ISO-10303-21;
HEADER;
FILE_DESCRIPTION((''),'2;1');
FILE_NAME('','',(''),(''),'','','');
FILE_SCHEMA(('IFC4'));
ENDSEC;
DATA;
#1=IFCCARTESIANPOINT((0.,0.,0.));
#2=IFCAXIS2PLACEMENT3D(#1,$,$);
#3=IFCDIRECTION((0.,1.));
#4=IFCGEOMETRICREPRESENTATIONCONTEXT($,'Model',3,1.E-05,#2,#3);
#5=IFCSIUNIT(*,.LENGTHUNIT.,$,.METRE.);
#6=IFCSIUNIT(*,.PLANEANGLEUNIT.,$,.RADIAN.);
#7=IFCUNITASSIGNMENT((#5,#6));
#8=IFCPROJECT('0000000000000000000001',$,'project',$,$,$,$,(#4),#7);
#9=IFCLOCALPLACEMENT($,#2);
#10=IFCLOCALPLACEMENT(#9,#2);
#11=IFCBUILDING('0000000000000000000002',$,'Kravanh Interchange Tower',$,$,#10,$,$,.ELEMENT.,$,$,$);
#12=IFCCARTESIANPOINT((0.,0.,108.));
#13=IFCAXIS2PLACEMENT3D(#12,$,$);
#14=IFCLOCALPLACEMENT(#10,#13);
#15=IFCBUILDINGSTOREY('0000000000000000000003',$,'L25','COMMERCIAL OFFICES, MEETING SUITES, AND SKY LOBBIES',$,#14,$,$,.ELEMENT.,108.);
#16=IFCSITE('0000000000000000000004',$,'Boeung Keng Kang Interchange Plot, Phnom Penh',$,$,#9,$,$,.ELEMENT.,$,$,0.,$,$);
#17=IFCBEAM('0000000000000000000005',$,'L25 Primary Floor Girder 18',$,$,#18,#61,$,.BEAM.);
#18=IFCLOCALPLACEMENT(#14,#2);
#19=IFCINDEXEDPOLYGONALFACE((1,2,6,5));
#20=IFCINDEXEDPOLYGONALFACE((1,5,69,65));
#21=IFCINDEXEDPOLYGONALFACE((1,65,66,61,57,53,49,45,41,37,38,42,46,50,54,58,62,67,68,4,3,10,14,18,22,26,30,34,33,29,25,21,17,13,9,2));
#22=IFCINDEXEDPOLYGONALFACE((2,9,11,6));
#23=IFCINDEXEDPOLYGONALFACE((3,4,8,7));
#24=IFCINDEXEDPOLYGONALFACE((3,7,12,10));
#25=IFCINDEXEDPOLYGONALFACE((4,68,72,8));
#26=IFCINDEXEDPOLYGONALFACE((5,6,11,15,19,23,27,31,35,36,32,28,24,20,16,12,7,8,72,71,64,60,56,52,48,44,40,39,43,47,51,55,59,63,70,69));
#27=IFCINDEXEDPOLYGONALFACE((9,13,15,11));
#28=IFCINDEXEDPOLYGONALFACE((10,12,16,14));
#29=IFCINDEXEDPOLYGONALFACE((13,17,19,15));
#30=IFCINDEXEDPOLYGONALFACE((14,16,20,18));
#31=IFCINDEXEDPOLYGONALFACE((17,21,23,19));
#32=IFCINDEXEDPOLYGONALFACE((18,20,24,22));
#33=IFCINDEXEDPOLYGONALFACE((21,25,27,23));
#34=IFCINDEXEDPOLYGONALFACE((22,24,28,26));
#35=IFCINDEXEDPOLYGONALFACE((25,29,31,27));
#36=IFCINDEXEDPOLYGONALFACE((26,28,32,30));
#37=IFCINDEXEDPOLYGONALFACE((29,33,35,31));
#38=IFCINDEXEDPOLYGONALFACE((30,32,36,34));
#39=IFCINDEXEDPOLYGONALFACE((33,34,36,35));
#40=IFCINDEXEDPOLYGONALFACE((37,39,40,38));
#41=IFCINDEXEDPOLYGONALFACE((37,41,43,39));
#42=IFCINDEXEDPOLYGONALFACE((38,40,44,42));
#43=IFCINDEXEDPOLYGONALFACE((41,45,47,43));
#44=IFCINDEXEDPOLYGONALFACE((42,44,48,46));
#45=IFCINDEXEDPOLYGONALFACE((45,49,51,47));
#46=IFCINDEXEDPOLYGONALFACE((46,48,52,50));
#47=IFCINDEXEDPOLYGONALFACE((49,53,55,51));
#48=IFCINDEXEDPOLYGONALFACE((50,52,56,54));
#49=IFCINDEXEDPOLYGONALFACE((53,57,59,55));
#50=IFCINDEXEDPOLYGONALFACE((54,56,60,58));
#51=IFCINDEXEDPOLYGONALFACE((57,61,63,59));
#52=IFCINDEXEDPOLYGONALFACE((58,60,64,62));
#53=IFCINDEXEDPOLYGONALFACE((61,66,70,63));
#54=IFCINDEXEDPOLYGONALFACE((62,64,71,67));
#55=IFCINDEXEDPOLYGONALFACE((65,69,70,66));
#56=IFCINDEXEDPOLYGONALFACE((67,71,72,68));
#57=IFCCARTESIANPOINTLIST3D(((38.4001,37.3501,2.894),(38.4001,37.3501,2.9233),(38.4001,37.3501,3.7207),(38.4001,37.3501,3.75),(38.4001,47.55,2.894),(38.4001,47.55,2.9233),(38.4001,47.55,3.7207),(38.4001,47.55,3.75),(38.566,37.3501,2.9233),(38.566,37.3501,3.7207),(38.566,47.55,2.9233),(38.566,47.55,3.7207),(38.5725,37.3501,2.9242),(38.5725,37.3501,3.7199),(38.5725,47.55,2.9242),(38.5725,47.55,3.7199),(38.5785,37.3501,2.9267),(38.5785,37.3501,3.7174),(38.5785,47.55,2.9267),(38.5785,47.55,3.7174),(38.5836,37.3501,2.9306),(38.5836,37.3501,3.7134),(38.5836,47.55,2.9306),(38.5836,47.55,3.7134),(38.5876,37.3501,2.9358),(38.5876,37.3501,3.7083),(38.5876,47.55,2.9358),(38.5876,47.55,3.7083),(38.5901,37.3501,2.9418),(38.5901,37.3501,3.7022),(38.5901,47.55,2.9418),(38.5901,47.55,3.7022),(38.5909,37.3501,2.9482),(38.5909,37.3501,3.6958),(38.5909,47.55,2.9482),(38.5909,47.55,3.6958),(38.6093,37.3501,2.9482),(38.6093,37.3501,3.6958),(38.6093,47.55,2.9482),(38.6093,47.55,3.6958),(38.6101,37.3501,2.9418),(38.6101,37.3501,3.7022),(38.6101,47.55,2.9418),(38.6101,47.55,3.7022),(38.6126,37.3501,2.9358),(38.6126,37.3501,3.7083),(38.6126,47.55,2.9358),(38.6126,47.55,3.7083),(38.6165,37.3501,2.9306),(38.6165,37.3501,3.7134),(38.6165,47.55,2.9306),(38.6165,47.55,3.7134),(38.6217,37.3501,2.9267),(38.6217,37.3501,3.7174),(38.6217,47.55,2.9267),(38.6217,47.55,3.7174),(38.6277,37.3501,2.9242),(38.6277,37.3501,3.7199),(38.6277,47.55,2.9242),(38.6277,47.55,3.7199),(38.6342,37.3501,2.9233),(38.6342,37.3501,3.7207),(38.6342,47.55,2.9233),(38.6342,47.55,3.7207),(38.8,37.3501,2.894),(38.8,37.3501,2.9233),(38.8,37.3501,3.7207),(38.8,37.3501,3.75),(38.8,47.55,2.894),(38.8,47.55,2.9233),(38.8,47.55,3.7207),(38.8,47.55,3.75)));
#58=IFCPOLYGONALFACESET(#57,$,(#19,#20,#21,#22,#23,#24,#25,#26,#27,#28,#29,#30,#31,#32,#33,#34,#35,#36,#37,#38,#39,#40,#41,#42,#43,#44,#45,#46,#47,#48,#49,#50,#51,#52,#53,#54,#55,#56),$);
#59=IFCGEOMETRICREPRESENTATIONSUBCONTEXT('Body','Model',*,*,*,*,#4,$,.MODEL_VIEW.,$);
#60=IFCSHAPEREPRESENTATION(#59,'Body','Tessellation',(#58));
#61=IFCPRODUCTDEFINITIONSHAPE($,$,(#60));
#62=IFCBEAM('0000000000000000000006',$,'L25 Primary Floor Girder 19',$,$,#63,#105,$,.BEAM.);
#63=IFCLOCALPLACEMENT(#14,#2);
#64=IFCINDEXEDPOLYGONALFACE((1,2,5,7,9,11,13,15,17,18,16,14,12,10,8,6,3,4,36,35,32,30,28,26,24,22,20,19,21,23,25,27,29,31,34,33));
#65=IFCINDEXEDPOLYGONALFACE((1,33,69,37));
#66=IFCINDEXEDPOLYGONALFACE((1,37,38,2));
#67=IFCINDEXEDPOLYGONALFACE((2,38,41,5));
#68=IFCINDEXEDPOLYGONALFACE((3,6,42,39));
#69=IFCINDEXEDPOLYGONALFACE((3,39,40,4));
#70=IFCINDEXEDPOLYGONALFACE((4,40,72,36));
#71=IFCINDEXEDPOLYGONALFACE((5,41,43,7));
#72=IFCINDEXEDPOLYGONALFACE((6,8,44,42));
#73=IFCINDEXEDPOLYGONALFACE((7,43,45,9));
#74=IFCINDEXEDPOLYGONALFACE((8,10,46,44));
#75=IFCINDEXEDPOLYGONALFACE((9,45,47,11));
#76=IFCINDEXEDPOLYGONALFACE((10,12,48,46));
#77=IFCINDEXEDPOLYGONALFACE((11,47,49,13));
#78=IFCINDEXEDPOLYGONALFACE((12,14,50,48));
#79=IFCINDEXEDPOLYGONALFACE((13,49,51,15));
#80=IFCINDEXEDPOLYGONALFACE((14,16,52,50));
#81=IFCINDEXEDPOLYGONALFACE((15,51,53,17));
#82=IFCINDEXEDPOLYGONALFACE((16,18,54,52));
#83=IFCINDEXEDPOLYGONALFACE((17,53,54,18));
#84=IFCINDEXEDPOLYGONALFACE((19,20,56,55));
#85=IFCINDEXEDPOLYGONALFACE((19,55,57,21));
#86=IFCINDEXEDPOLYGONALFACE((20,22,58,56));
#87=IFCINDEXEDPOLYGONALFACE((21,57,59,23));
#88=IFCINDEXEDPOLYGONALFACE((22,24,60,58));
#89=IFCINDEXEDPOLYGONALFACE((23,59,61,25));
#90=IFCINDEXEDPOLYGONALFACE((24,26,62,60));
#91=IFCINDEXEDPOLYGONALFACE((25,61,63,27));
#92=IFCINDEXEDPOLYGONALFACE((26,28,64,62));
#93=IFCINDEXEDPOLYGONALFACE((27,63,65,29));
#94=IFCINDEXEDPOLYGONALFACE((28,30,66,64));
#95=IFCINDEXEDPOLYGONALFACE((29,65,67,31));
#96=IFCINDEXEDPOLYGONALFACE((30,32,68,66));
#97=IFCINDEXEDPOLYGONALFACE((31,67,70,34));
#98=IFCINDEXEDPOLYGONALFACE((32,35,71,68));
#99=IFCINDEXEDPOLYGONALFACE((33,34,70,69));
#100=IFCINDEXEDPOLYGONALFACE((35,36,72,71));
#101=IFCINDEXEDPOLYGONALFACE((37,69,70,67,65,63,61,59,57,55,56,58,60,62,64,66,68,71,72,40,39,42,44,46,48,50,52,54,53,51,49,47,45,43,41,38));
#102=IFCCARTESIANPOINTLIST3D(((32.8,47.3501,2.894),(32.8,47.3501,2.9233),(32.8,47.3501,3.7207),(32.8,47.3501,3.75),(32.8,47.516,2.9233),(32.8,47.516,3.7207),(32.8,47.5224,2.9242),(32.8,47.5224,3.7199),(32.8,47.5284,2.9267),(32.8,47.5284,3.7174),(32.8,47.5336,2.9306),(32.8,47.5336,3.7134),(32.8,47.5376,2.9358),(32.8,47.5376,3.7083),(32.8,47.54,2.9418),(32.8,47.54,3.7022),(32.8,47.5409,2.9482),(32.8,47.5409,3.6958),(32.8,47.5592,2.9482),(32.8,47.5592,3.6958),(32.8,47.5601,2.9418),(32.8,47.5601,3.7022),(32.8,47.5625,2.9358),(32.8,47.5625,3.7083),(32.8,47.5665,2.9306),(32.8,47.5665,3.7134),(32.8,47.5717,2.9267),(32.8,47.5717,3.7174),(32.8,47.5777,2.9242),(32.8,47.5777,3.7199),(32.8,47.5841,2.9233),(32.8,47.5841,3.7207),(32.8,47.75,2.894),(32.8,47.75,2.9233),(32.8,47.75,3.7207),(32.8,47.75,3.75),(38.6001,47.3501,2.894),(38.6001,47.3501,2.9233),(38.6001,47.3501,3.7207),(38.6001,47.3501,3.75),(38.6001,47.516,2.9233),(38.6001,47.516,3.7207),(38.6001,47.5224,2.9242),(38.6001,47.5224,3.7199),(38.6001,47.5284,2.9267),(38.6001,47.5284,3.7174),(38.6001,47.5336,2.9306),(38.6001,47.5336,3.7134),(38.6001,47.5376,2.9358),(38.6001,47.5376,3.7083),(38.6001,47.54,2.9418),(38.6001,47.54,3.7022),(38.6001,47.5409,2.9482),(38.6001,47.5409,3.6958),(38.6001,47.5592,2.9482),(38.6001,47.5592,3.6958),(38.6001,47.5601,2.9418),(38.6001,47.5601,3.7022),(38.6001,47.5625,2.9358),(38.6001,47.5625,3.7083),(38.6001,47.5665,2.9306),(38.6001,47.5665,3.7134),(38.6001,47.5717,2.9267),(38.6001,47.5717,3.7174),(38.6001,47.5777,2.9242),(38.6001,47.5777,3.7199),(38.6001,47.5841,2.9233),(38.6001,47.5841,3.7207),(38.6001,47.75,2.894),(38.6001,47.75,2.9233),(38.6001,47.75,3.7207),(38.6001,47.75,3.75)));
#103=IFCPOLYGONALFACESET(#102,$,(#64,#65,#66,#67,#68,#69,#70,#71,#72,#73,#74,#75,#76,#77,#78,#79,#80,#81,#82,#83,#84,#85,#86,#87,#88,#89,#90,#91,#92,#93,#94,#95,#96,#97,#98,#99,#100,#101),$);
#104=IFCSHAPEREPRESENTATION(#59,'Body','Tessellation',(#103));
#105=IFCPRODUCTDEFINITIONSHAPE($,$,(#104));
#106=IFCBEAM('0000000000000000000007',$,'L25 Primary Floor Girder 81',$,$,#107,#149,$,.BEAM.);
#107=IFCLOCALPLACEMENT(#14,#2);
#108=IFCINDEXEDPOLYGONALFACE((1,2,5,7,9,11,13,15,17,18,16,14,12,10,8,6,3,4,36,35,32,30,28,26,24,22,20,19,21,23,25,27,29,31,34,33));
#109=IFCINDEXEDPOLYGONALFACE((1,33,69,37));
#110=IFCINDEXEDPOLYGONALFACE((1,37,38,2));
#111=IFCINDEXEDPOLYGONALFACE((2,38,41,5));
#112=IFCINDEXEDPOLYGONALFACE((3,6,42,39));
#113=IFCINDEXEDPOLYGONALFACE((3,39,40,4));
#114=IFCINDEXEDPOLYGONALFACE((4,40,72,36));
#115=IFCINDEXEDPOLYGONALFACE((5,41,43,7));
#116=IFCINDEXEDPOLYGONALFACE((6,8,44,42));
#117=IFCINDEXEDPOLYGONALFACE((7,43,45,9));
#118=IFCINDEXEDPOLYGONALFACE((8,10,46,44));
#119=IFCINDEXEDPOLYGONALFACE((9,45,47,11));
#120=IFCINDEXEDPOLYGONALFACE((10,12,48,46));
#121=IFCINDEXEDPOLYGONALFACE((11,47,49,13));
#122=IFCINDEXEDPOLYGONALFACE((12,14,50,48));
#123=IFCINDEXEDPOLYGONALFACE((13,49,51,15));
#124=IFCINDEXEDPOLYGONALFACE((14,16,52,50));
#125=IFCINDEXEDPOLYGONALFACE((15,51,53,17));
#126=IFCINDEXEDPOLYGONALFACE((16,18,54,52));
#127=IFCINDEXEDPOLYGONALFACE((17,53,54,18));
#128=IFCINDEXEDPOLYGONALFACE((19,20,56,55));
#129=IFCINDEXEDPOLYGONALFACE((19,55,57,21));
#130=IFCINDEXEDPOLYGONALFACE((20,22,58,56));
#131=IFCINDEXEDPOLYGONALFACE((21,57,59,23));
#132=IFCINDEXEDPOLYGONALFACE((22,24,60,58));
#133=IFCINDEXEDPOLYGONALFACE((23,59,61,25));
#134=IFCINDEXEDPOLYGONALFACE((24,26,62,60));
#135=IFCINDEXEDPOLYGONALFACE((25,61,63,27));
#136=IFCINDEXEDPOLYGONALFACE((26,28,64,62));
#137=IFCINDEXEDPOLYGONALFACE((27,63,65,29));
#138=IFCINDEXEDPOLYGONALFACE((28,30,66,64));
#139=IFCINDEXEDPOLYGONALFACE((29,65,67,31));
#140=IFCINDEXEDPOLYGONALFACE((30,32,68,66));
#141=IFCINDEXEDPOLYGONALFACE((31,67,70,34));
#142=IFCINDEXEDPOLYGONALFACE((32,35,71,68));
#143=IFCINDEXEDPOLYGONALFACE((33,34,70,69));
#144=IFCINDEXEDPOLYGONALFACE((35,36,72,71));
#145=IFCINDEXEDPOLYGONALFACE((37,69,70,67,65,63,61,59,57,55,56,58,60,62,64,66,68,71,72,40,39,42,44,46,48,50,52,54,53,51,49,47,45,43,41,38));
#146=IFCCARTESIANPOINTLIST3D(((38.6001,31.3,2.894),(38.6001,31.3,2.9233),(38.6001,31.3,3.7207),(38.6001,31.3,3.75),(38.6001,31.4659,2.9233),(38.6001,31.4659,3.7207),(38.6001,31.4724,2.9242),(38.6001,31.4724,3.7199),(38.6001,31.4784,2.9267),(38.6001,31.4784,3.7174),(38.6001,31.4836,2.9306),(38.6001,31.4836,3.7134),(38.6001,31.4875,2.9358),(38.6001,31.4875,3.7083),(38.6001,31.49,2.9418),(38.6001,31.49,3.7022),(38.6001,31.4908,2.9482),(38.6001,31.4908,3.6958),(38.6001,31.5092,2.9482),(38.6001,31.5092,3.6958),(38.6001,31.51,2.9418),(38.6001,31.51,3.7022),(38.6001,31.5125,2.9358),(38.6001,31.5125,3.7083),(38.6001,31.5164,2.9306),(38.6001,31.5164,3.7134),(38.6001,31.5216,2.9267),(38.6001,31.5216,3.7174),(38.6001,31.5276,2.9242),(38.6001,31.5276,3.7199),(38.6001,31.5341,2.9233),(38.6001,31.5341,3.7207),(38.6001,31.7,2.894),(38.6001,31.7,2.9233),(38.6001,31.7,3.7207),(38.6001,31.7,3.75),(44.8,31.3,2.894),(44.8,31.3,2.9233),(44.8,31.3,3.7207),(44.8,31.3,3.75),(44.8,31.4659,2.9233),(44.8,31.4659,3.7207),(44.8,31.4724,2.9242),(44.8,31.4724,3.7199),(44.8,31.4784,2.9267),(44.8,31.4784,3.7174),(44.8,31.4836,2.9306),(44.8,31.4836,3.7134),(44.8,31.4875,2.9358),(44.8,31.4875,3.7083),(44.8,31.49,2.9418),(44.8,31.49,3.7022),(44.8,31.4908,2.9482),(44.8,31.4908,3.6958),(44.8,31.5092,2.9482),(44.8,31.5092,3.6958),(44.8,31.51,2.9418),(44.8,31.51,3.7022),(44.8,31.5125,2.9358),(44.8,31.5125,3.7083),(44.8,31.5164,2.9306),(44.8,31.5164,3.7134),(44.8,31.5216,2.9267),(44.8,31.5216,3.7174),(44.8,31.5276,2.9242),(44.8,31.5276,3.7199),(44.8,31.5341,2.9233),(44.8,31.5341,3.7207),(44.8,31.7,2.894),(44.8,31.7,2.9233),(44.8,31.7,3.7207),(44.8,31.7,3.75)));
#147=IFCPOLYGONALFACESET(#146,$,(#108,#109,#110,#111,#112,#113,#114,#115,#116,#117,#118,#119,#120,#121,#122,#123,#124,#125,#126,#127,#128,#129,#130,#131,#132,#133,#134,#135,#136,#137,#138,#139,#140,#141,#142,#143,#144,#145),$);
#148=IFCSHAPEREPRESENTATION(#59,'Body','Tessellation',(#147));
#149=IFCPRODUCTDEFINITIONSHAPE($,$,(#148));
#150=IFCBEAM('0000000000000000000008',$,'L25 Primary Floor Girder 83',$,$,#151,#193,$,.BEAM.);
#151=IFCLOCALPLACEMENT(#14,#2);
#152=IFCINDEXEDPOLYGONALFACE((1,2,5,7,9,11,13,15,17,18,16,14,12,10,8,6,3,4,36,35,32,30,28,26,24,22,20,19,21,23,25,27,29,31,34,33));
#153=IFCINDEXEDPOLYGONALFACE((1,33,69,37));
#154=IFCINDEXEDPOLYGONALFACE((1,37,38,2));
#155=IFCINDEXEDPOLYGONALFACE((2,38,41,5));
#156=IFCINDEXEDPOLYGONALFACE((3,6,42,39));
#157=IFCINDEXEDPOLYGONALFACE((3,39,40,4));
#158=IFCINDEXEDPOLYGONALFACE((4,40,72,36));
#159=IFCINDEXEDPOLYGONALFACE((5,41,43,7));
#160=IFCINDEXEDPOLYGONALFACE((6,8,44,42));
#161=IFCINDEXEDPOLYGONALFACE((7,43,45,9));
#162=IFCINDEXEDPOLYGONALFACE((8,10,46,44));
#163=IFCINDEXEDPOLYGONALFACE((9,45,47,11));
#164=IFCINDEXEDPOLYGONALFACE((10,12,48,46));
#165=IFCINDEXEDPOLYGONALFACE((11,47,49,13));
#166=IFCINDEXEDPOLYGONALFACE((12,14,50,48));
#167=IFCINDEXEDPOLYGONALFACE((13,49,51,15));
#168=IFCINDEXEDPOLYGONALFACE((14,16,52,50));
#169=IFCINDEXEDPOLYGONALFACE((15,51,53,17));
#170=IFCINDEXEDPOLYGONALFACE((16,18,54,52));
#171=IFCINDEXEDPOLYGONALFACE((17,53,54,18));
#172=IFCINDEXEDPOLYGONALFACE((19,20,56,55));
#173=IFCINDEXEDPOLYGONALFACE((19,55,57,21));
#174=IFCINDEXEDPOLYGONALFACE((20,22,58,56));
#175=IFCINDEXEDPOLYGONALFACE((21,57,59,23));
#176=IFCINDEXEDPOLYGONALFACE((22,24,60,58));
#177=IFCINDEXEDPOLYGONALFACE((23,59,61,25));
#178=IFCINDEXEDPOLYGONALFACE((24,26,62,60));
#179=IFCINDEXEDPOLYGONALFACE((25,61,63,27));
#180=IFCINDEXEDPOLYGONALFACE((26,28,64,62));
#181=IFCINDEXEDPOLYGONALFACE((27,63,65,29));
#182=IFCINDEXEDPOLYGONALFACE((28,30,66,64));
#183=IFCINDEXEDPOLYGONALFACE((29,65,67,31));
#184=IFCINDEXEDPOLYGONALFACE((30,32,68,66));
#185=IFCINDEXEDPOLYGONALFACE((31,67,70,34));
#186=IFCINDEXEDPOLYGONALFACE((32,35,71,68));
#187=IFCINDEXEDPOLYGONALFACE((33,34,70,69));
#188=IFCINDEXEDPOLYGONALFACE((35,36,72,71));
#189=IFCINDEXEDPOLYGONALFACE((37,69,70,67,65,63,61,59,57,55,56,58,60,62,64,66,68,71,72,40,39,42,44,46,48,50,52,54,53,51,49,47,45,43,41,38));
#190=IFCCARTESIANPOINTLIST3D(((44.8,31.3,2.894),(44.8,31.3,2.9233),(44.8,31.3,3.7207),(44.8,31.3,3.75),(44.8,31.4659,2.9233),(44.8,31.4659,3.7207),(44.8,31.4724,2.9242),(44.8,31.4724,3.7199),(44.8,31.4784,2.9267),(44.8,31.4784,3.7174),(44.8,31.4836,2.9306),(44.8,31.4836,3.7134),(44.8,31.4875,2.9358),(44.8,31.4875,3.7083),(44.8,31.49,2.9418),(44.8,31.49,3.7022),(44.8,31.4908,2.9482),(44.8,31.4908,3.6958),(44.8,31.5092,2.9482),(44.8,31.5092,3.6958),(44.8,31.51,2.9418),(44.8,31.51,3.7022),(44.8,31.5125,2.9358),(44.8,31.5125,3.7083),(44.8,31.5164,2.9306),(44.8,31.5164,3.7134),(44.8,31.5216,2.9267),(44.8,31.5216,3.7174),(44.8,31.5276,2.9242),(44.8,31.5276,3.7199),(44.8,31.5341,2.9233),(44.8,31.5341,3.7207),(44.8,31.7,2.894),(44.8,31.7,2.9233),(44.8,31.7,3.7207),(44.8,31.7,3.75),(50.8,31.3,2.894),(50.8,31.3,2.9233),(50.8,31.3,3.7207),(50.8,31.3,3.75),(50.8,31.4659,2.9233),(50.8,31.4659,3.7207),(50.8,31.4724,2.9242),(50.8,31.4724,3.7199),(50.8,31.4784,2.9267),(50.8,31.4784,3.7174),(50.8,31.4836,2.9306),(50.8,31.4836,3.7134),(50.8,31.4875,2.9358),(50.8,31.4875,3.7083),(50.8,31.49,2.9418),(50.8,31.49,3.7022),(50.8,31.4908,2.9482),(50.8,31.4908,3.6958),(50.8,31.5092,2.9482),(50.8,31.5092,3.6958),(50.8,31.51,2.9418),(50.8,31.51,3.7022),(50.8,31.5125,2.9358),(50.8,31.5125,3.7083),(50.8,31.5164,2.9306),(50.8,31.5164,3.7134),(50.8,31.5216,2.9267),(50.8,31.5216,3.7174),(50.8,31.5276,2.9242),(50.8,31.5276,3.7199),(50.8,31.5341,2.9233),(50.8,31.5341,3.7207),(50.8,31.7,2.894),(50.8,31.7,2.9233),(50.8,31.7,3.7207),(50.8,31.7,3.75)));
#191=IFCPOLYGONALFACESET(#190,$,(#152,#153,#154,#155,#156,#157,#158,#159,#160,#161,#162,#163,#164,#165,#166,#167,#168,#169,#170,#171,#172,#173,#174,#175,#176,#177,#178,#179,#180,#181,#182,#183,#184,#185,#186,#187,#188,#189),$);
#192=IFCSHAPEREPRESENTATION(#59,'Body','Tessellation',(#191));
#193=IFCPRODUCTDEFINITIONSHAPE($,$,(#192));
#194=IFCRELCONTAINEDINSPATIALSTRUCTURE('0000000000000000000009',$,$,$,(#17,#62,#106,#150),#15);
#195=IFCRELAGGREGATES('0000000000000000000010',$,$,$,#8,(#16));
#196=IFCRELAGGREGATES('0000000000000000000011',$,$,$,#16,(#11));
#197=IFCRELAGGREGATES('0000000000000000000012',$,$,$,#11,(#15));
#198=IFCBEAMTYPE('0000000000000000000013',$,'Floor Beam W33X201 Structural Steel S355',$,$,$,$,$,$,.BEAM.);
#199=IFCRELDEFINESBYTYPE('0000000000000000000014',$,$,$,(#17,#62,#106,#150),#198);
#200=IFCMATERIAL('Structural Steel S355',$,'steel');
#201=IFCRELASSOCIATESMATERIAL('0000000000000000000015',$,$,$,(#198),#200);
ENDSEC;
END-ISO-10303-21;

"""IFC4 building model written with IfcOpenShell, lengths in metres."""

from ifc_helpers import new_model, si_unit, direction, frame, origin, origin_2d, place, context, subcontext, project, spatial, i_section, extrude, material, material_profile, profile_set, type_object, element, save


model = new_model("IFC4")

# Units and contexts
model_context = context("Model", 3, precision=1e-05, world=origin(), true_north=direction((0.0, 1.0)))
body_context = subcontext(model_context, "Body", "Model", "MODEL_VIEW")
ifc_project = project(units=[si_unit("LENGTHUNIT", "METRE"), si_unit("PLANEANGLEUNIT", "RADIAN")], contexts=[model_context])

# Site, building, storey
site_placement = place(None, origin())
site = spatial("IfcSite", under=ifc_project, at=site_placement, Name="Boeung Keng Kang Interchange Plot, Phnom Penh", CompositionType="ELEMENT", RefElevation=0.0)
building_placement = place(site_placement, origin())
building = spatial("IfcBuilding", under=site, at=building_placement, Name="Kravanh Interchange Tower", CompositionType="ELEMENT")
storey_placement = place(building_placement, frame((0.0, 0.0, 108.0)))
storey = spatial("IfcBuildingStorey", under=building, at=storey_placement, Name="L25", Description="COMMERCIAL OFFICES, MEETING SUITES, AND SKY LOBBIES", CompositionType="ELEMENT", Elevation=108.0)

# Beams
ifc_material_1 = material(Name="Structural Steel S355", Category="steel")
ifc_material_profile_1 = material_profile(ifc_material_1, i_section(OverallWidth=0.3999, OverallDepth=0.856, WebThickness=0.0183, FlangeThickness=0.0293, FilletRadius=0.0249, at=origin_2d()), Name="W33X201")
ifc_profile_set_1 = profile_set([ifc_material_profile_1], Name="Structural Steel S355")
beam_type_1 = type_object("IfcBeamType", Name="Floor Beam W33X201 Structural Steel S355", PredefinedType="BEAM", material=ifc_profile_set_1)
beam_1_placement = place(storey_placement, frame((38.6001, 37.3501, 3.322), z_axis=(0.0, 1.0, 0.0), x_axis=(-1.0, 0.0, 0.0)))
element("IfcBeam", 1, at=beam_1_placement, inside=storey, type_object=beam_type_1, Name="L25 Primary Floor Girder 18", PredefinedType="BEAM", context=body_context, shape_type="SweptSolid", body=[
    extrude(i_section(OverallWidth=0.3999, OverallDepth=0.856, WebThickness=0.0183, FlangeThickness=0.0293, FilletRadius=0.0249, at=origin_2d()), origin(), (0.0, 0.0, 1.0), 10.2),
])
beam_2_placement = place(storey_placement, frame((38.6001, 47.55, 3.322), z_axis=(-1.0, 0.0, 0.0), x_axis=(0.0, -1.0, 0.0)))
element("IfcBeam", 2, at=beam_2_placement, inside=storey, type_object=beam_type_1, Name="L25 Primary Floor Girder 19", PredefinedType="BEAM", context=body_context, shape_type="SweptSolid", body=[
    extrude(i_section(OverallWidth=0.3999, OverallDepth=0.856, WebThickness=0.0183, FlangeThickness=0.0293, FilletRadius=0.0249, at=origin_2d()), origin(), (0.0, 0.0, 1.0), 5.8),
])
beam_3_placement = place(storey_placement, frame((38.6001, 31.5, 3.322), z_axis=(1.0, 0.0, 0.0), x_axis=(0.0, 1.0, 0.0)))
element("IfcBeam", 3, at=beam_3_placement, inside=storey, type_object=beam_type_1, Name="L25 Primary Floor Girder 81", PredefinedType="BEAM", context=body_context, shape_type="SweptSolid", body=[
    extrude(i_section(OverallWidth=0.3999, OverallDepth=0.856, WebThickness=0.0183, FlangeThickness=0.0293, FilletRadius=0.0249, at=origin_2d()), origin(), (0.0, 0.0, 1.0), 6.2),
])
beam_4_placement = place(storey_placement, frame((44.8, 31.5, 3.322), z_axis=(1.0, 0.0, 0.0), x_axis=(0.0, 1.0, 0.0)))
element("IfcBeam", 4, at=beam_4_placement, inside=storey, type_object=beam_type_1, Name="L25 Primary Floor Girder 83", PredefinedType="BEAM", context=body_context, shape_type="SweptSolid", body=[
    extrude(i_section(OverallWidth=0.3999, OverallDepth=0.856, WebThickness=0.0183, FlangeThickness=0.0293, FilletRadius=0.0249, at=origin_2d()), origin(), (0.0, 0.0, 1.0), 6.0),
])

save(model, "model.ifc")
